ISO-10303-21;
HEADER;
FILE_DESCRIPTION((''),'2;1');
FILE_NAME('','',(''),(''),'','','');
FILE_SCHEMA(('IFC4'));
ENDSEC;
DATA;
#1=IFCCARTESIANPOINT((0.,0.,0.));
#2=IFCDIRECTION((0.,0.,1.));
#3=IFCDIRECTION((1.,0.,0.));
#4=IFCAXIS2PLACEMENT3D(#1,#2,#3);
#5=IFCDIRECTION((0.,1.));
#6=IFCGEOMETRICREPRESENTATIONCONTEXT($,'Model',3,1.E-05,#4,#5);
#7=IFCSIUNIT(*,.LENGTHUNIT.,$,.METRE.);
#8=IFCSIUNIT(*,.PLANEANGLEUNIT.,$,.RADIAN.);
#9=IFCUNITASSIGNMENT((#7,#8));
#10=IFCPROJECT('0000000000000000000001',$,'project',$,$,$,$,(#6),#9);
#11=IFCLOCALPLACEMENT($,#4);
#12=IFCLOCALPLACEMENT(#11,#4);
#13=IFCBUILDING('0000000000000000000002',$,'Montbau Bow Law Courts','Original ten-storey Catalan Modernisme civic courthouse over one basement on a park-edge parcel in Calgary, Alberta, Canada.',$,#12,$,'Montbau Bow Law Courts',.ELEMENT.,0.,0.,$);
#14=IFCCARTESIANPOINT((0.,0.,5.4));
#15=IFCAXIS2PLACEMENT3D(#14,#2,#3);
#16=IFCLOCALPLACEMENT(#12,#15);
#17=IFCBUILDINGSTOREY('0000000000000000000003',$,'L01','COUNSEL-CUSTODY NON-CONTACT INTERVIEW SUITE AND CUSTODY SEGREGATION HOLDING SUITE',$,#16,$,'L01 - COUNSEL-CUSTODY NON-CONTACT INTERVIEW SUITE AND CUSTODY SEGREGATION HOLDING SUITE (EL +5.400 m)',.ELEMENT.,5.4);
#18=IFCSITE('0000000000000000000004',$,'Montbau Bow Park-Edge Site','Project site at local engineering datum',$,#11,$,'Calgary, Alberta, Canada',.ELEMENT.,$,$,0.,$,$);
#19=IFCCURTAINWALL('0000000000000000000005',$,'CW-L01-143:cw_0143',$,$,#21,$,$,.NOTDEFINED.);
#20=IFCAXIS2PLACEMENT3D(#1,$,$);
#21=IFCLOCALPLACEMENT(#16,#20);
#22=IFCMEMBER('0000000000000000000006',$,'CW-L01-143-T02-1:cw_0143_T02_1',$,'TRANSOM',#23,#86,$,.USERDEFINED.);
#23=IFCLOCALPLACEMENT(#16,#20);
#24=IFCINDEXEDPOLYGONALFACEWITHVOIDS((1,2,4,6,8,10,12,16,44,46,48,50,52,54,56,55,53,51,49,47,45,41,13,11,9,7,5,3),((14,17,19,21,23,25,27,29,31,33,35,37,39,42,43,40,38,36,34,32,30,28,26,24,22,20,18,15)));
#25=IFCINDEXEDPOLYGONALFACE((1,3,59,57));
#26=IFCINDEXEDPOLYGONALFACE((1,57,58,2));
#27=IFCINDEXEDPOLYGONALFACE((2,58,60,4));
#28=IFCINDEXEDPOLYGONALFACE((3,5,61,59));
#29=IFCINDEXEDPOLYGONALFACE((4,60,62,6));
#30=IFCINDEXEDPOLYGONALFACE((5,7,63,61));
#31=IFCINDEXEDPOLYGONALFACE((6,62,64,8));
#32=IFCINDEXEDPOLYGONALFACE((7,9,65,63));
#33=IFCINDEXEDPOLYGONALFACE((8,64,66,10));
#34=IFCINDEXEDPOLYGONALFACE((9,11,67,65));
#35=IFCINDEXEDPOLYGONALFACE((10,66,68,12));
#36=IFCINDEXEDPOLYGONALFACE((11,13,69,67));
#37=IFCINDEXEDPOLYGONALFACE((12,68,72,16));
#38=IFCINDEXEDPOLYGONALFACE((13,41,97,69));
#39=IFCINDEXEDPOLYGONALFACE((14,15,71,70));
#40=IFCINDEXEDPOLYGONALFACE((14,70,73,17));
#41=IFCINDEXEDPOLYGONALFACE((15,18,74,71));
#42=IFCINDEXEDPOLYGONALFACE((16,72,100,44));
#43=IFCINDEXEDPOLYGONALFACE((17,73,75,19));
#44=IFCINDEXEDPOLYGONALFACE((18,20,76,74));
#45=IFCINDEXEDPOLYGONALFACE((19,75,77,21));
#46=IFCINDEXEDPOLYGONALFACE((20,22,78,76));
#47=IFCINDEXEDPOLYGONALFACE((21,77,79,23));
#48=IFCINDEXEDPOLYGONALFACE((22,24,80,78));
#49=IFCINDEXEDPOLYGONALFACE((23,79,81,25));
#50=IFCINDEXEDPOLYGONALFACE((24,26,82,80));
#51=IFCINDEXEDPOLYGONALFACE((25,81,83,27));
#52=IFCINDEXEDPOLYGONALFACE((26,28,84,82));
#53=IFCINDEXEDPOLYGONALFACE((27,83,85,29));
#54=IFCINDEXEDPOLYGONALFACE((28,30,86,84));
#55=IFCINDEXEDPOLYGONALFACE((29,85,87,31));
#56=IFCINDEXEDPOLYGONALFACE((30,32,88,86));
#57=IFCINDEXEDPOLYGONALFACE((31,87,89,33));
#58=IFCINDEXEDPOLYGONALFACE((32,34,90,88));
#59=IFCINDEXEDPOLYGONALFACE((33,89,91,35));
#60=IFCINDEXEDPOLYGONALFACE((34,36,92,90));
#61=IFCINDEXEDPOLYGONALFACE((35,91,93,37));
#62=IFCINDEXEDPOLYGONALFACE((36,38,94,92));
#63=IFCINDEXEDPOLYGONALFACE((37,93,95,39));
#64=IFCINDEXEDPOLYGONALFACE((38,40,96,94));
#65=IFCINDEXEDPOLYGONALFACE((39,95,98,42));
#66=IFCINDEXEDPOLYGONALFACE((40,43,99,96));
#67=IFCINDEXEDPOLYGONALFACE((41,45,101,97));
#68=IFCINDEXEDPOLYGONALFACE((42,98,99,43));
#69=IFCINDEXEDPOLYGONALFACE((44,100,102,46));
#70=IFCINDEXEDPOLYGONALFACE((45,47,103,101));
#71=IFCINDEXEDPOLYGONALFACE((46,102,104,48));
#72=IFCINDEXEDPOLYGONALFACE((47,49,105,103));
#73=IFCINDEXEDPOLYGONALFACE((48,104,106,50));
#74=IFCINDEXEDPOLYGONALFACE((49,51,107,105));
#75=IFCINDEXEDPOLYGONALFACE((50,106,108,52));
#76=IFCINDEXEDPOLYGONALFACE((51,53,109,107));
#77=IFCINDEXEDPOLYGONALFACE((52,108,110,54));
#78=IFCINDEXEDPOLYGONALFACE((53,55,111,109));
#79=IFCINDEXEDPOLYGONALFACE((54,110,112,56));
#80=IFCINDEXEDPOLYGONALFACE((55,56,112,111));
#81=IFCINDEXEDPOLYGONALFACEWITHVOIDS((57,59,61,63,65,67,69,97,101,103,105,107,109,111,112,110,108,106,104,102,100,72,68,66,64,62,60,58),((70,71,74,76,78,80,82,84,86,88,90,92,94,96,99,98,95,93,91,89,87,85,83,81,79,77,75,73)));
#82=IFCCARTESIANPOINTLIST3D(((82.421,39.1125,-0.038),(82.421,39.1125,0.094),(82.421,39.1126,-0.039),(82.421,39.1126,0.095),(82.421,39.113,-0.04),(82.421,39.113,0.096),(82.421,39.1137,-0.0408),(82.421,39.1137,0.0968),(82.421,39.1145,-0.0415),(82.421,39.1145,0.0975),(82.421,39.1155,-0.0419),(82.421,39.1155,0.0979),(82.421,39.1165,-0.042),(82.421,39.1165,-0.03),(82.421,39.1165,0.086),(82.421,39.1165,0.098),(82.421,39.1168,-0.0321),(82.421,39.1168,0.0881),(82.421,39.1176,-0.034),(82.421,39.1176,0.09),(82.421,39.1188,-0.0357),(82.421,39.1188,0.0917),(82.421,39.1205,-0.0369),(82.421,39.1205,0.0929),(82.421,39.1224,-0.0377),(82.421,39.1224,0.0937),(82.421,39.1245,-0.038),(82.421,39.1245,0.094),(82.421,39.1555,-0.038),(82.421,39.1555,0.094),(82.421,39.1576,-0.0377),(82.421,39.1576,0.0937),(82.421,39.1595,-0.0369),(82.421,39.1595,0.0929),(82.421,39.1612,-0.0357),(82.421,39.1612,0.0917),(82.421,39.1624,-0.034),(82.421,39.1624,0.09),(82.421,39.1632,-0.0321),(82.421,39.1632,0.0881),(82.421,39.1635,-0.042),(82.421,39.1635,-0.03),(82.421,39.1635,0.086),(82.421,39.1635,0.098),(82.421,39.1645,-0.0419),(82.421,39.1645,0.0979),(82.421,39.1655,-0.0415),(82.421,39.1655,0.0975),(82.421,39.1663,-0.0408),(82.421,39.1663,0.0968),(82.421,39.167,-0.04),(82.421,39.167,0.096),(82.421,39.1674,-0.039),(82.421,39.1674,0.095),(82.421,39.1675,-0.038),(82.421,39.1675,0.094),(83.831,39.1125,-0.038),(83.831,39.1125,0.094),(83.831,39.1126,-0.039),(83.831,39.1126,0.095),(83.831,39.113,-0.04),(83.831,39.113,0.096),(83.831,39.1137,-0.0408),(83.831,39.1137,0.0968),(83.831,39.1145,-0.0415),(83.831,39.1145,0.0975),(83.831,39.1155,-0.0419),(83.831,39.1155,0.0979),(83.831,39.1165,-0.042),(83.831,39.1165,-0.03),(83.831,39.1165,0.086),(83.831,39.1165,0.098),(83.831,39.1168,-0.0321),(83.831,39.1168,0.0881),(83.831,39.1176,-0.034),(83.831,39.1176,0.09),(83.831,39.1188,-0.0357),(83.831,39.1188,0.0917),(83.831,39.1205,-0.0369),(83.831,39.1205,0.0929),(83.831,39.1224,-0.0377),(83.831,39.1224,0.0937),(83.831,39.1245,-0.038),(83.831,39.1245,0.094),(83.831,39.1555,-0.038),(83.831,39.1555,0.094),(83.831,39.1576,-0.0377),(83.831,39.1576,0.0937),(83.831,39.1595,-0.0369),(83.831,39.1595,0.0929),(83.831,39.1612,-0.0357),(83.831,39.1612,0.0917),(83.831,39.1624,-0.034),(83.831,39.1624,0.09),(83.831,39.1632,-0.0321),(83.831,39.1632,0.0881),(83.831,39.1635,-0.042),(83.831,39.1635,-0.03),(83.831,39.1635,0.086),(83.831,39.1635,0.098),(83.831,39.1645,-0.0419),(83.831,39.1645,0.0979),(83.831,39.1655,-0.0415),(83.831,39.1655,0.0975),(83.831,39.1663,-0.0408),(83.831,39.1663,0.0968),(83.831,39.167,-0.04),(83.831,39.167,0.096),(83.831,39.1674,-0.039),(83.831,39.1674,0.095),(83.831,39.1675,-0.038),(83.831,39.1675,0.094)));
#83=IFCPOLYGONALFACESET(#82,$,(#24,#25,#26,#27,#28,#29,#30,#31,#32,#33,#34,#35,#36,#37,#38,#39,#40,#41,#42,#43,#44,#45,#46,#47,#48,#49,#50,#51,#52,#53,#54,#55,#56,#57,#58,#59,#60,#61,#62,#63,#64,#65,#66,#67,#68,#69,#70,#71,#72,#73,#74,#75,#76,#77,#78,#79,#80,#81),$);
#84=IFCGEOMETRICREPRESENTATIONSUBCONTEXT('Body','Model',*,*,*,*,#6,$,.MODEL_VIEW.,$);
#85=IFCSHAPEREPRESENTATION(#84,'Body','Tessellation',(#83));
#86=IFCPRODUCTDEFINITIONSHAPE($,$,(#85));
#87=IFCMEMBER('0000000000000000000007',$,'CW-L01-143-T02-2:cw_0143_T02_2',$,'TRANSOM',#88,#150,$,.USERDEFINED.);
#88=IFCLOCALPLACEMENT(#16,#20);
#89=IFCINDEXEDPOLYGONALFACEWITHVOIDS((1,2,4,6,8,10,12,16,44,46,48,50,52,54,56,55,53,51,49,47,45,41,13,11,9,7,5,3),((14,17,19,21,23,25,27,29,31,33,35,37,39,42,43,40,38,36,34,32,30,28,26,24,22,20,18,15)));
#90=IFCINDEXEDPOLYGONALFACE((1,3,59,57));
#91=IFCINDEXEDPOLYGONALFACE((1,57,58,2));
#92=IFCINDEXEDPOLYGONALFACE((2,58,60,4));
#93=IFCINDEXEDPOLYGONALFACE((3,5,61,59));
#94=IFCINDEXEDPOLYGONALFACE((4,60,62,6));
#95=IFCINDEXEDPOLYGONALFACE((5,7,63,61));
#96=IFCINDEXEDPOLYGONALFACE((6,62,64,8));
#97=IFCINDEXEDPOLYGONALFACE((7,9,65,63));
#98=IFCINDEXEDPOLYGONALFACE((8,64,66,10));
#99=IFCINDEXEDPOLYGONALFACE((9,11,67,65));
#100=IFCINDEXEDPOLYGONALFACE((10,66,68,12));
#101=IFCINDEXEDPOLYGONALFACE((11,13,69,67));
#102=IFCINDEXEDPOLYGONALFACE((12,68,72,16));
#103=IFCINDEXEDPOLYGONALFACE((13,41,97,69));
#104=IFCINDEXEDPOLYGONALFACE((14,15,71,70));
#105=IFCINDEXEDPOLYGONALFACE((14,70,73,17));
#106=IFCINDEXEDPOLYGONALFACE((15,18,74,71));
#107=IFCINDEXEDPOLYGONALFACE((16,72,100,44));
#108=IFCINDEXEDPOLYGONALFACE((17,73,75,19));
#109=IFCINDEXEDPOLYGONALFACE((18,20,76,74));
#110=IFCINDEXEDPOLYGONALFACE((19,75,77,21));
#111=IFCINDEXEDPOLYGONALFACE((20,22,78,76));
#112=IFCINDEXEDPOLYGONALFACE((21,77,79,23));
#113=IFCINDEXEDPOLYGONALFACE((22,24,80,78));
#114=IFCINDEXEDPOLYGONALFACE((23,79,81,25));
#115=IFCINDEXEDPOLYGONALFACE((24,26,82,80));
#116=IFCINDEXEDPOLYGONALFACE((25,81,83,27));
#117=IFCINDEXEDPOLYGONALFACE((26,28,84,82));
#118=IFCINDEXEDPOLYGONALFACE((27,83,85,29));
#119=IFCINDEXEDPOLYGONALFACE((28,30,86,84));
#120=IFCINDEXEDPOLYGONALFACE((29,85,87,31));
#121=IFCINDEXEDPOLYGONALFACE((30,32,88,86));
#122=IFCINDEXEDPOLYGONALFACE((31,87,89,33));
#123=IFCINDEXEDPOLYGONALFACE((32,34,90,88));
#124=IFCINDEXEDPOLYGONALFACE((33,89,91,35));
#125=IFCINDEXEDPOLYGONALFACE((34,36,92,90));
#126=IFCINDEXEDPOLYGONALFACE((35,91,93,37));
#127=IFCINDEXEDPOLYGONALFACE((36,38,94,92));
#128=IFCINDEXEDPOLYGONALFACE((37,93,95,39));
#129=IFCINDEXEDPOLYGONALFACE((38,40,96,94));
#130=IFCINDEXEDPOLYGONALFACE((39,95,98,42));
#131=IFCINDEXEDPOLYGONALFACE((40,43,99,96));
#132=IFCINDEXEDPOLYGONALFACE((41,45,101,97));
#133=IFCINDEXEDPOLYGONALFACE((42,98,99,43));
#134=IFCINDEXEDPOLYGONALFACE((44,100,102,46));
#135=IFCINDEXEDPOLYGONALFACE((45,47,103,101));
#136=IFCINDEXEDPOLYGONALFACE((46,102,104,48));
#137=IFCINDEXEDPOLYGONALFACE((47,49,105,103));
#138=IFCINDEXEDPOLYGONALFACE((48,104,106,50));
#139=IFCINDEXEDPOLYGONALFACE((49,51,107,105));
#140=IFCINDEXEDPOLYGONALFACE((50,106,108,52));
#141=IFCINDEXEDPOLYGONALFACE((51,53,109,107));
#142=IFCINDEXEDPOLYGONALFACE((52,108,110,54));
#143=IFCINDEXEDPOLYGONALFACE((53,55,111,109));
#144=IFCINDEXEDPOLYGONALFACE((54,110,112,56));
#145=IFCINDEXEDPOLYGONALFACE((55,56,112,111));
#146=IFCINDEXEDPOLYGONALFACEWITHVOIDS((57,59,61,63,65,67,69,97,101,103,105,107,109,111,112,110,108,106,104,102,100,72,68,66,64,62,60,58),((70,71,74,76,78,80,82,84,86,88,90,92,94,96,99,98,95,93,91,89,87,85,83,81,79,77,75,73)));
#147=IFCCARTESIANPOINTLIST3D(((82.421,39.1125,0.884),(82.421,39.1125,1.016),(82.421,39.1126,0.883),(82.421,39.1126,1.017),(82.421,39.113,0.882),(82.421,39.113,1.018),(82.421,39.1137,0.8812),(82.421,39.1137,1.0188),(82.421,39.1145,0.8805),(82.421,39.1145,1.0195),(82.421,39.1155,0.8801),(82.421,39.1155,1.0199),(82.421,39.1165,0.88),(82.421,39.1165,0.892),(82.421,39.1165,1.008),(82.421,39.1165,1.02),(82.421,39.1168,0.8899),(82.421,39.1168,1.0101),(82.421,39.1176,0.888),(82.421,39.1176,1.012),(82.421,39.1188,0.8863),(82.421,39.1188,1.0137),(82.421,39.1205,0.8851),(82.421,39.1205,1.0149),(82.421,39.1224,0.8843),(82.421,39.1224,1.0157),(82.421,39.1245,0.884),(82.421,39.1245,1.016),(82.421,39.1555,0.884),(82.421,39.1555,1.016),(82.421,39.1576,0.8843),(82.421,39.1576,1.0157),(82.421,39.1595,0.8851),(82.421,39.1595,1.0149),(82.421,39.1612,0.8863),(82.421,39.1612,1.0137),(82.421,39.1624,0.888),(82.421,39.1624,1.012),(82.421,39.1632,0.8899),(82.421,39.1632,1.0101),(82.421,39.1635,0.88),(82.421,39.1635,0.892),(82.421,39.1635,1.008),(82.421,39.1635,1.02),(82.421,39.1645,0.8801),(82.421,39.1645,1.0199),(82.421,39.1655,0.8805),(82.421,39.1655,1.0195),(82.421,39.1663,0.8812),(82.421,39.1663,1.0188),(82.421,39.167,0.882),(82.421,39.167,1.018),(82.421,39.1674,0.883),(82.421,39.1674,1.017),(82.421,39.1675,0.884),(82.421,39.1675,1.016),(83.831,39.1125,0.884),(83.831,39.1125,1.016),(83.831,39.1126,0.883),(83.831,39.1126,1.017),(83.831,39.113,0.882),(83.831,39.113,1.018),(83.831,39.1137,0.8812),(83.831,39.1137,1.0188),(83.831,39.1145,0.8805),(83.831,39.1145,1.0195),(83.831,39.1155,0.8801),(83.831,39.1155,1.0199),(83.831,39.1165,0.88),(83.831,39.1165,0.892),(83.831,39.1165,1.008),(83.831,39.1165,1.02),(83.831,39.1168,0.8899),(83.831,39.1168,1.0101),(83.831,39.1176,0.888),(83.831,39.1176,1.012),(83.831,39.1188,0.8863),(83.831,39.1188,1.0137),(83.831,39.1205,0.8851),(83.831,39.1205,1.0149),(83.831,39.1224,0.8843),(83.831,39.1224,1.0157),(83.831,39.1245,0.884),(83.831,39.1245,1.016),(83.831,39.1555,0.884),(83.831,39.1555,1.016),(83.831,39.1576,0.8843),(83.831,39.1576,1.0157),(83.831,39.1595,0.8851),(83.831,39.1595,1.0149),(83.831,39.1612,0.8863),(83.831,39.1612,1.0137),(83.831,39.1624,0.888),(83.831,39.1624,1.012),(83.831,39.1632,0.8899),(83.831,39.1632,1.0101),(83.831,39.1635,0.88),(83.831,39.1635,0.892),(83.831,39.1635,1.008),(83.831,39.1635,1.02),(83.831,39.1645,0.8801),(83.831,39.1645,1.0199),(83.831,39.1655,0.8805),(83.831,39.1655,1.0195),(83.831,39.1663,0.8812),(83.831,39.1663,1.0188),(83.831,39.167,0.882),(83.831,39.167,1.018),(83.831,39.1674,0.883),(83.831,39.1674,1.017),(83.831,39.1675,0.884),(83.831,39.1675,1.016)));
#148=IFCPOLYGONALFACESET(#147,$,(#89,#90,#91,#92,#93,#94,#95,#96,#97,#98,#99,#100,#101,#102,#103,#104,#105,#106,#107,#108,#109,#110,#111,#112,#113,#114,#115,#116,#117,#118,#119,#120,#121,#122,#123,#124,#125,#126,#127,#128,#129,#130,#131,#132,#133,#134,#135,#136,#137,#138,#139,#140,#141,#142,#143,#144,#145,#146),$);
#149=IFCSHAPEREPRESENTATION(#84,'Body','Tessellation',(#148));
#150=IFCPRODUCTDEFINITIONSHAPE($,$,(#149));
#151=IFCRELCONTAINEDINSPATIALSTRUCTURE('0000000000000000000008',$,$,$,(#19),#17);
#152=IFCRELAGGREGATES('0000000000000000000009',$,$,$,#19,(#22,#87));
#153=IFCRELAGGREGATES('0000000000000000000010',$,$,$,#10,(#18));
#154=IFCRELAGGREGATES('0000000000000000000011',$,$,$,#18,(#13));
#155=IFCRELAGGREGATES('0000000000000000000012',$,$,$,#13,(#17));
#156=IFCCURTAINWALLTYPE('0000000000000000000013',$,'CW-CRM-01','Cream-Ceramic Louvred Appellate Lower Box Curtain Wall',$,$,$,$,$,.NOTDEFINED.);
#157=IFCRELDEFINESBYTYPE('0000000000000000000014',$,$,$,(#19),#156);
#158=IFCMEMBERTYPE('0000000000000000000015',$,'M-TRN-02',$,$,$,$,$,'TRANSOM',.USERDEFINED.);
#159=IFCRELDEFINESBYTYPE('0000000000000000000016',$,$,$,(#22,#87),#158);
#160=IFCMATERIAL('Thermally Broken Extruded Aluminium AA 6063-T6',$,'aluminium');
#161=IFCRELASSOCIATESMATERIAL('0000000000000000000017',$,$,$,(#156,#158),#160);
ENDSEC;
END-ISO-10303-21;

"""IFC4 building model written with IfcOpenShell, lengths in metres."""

from ifc_helpers import new_model, si_unit, direction, frame, origin_with_axes, origin_2d_with_axis, place, context, subcontext, project, spatial, hollow_rectangle, extrude, material, material_profile, profile_set, type_object, element, aggregate, save


model = new_model("IFC4")

# Units and contexts
model_context = context("Model", 3, precision=1e-05, world=origin_with_axes(), true_north=direction((0.0, 1.0)))
body_context = subcontext(model_context, "Body", "Model", "MODEL_VIEW")
ifc_project = project(units=[si_unit("LENGTHUNIT", "METRE"), si_unit("PLANEANGLEUNIT", "RADIAN")], contexts=[model_context])

# Site, building, storey
site_placement = place(None, origin_with_axes())
site = spatial("IfcSite", under=ifc_project, at=site_placement, Name="Montbau Bow Park-Edge Site", Description="Project site at local engineering datum", LongName="Calgary, Alberta, Canada", CompositionType="ELEMENT", RefElevation=0.0)
building_placement = place(site_placement, origin_with_axes())
building = spatial("IfcBuilding", under=site, at=building_placement, Name="Montbau Bow Law Courts", Description="Original ten-storey Catalan Modernisme civic courthouse over one basement on a park-edge parcel in Calgary, Alberta, Canada.", LongName="Montbau Bow Law Courts", CompositionType="ELEMENT", ElevationOfRefHeight=0.0, ElevationOfTerrain=0.0)
storey_placement = place(building_placement, frame((0.0, 0.0, 5.4), z_axis=(0.0, 0.0, 1.0), x_axis=(1.0, 0.0, 0.0)))
storey = spatial("IfcBuildingStorey", under=building, at=storey_placement, Name="L01", Description="COUNSEL-CUSTODY NON-CONTACT INTERVIEW SUITE AND CUSTODY SEGREGATION HOLDING SUITE", LongName="L01 - COUNSEL-CUSTODY NON-CONTACT INTERVIEW SUITE AND CUSTODY SEGREGATION HOLDING SUITE (EL +5.400 m)", CompositionType="ELEMENT", Elevation=5.4)

# Curtain wall
ifc_material_1 = material(Name="Thermally Broken Extruded Aluminium AA 6063-T6", Category="aluminium")
curtain_wall_type = type_object("IfcCurtainWallType", Name="CW-CRM-01", Description="Cream-Ceramic Louvred Appellate Lower Box Curtain Wall", PredefinedType="NOTDEFINED", material=ifc_material_1)
curtain_wall_1_placement = place(None, frame((80.915, 39.14, 5.4), z_axis=(0.0, 0.0, 1.0), x_axis=(1.0, 0.0, 0.0)))
curtain_wall_1 = element("IfcCurtainWall", 1, at=curtain_wall_1_placement, inside=storey, type_object=curtain_wall_type, Name="CW-L01-143:cw_0143", PredefinedType="NOTDEFINED")

# Members
ifc_material_profile_1 = material_profile(ifc_material_1, hollow_rectangle(XDim=0.055, YDim=0.14, WallThickness=0.004, InnerFilletRadius=0.008, OuterFilletRadius=0.004, at=origin_2d_with_axis()), Name="CWT-140X55", Category="Main", Priority=0)
ifc_profile_set_1 = profile_set([ifc_material_profile_1], Name="Thermally Broken Extruded Aluminium AA 6063-T6")
member_type_1 = type_object("IfcMemberType", Name="M-TRN-02", ElementType="TRANSOM", PredefinedType="USERDEFINED", material=ifc_profile_set_1)
member_1_placement = place(None, frame((82.421, 39.14, 5.428), z_axis=(1.0, 0.0, 0.0), x_axis=(0.0, 1.0, 0.0)))
member_1 = element("IfcMember", 2, at=member_1_placement, type_object=member_type_1, Name="CW-L01-143-T02-1:cw_0143_T02_1", ObjectType="TRANSOM", PredefinedType="USERDEFINED", context=body_context, shape_type="SweptSolid", body=[
    extrude(hollow_rectangle(XDim=0.055, YDim=0.14, WallThickness=0.004, InnerFilletRadius=0.008, OuterFilletRadius=0.004, at=origin_2d_with_axis()), origin_with_axes(), (0.0, 0.0, 1.0), 1.41),
])
member_2_placement = place(None, frame((82.421, 39.14, 6.35), z_axis=(1.0, 0.0, 0.0), x_axis=(0.0, 1.0, 0.0)))
member_2 = element("IfcMember", 3, at=member_2_placement, type_object=member_type_1, Name="CW-L01-143-T02-2:cw_0143_T02_2", ObjectType="TRANSOM", PredefinedType="USERDEFINED", context=body_context, shape_type="SweptSolid", body=[
    extrude(hollow_rectangle(XDim=0.055, YDim=0.14, WallThickness=0.004, InnerFilletRadius=0.008, OuterFilletRadius=0.004, at=origin_2d_with_axis()), origin_with_axes(), (0.0, 0.0, 1.0), 1.41),
])

aggregate(curtain_wall_1, [member_1, member_2])

save(model, "model.ifc")
